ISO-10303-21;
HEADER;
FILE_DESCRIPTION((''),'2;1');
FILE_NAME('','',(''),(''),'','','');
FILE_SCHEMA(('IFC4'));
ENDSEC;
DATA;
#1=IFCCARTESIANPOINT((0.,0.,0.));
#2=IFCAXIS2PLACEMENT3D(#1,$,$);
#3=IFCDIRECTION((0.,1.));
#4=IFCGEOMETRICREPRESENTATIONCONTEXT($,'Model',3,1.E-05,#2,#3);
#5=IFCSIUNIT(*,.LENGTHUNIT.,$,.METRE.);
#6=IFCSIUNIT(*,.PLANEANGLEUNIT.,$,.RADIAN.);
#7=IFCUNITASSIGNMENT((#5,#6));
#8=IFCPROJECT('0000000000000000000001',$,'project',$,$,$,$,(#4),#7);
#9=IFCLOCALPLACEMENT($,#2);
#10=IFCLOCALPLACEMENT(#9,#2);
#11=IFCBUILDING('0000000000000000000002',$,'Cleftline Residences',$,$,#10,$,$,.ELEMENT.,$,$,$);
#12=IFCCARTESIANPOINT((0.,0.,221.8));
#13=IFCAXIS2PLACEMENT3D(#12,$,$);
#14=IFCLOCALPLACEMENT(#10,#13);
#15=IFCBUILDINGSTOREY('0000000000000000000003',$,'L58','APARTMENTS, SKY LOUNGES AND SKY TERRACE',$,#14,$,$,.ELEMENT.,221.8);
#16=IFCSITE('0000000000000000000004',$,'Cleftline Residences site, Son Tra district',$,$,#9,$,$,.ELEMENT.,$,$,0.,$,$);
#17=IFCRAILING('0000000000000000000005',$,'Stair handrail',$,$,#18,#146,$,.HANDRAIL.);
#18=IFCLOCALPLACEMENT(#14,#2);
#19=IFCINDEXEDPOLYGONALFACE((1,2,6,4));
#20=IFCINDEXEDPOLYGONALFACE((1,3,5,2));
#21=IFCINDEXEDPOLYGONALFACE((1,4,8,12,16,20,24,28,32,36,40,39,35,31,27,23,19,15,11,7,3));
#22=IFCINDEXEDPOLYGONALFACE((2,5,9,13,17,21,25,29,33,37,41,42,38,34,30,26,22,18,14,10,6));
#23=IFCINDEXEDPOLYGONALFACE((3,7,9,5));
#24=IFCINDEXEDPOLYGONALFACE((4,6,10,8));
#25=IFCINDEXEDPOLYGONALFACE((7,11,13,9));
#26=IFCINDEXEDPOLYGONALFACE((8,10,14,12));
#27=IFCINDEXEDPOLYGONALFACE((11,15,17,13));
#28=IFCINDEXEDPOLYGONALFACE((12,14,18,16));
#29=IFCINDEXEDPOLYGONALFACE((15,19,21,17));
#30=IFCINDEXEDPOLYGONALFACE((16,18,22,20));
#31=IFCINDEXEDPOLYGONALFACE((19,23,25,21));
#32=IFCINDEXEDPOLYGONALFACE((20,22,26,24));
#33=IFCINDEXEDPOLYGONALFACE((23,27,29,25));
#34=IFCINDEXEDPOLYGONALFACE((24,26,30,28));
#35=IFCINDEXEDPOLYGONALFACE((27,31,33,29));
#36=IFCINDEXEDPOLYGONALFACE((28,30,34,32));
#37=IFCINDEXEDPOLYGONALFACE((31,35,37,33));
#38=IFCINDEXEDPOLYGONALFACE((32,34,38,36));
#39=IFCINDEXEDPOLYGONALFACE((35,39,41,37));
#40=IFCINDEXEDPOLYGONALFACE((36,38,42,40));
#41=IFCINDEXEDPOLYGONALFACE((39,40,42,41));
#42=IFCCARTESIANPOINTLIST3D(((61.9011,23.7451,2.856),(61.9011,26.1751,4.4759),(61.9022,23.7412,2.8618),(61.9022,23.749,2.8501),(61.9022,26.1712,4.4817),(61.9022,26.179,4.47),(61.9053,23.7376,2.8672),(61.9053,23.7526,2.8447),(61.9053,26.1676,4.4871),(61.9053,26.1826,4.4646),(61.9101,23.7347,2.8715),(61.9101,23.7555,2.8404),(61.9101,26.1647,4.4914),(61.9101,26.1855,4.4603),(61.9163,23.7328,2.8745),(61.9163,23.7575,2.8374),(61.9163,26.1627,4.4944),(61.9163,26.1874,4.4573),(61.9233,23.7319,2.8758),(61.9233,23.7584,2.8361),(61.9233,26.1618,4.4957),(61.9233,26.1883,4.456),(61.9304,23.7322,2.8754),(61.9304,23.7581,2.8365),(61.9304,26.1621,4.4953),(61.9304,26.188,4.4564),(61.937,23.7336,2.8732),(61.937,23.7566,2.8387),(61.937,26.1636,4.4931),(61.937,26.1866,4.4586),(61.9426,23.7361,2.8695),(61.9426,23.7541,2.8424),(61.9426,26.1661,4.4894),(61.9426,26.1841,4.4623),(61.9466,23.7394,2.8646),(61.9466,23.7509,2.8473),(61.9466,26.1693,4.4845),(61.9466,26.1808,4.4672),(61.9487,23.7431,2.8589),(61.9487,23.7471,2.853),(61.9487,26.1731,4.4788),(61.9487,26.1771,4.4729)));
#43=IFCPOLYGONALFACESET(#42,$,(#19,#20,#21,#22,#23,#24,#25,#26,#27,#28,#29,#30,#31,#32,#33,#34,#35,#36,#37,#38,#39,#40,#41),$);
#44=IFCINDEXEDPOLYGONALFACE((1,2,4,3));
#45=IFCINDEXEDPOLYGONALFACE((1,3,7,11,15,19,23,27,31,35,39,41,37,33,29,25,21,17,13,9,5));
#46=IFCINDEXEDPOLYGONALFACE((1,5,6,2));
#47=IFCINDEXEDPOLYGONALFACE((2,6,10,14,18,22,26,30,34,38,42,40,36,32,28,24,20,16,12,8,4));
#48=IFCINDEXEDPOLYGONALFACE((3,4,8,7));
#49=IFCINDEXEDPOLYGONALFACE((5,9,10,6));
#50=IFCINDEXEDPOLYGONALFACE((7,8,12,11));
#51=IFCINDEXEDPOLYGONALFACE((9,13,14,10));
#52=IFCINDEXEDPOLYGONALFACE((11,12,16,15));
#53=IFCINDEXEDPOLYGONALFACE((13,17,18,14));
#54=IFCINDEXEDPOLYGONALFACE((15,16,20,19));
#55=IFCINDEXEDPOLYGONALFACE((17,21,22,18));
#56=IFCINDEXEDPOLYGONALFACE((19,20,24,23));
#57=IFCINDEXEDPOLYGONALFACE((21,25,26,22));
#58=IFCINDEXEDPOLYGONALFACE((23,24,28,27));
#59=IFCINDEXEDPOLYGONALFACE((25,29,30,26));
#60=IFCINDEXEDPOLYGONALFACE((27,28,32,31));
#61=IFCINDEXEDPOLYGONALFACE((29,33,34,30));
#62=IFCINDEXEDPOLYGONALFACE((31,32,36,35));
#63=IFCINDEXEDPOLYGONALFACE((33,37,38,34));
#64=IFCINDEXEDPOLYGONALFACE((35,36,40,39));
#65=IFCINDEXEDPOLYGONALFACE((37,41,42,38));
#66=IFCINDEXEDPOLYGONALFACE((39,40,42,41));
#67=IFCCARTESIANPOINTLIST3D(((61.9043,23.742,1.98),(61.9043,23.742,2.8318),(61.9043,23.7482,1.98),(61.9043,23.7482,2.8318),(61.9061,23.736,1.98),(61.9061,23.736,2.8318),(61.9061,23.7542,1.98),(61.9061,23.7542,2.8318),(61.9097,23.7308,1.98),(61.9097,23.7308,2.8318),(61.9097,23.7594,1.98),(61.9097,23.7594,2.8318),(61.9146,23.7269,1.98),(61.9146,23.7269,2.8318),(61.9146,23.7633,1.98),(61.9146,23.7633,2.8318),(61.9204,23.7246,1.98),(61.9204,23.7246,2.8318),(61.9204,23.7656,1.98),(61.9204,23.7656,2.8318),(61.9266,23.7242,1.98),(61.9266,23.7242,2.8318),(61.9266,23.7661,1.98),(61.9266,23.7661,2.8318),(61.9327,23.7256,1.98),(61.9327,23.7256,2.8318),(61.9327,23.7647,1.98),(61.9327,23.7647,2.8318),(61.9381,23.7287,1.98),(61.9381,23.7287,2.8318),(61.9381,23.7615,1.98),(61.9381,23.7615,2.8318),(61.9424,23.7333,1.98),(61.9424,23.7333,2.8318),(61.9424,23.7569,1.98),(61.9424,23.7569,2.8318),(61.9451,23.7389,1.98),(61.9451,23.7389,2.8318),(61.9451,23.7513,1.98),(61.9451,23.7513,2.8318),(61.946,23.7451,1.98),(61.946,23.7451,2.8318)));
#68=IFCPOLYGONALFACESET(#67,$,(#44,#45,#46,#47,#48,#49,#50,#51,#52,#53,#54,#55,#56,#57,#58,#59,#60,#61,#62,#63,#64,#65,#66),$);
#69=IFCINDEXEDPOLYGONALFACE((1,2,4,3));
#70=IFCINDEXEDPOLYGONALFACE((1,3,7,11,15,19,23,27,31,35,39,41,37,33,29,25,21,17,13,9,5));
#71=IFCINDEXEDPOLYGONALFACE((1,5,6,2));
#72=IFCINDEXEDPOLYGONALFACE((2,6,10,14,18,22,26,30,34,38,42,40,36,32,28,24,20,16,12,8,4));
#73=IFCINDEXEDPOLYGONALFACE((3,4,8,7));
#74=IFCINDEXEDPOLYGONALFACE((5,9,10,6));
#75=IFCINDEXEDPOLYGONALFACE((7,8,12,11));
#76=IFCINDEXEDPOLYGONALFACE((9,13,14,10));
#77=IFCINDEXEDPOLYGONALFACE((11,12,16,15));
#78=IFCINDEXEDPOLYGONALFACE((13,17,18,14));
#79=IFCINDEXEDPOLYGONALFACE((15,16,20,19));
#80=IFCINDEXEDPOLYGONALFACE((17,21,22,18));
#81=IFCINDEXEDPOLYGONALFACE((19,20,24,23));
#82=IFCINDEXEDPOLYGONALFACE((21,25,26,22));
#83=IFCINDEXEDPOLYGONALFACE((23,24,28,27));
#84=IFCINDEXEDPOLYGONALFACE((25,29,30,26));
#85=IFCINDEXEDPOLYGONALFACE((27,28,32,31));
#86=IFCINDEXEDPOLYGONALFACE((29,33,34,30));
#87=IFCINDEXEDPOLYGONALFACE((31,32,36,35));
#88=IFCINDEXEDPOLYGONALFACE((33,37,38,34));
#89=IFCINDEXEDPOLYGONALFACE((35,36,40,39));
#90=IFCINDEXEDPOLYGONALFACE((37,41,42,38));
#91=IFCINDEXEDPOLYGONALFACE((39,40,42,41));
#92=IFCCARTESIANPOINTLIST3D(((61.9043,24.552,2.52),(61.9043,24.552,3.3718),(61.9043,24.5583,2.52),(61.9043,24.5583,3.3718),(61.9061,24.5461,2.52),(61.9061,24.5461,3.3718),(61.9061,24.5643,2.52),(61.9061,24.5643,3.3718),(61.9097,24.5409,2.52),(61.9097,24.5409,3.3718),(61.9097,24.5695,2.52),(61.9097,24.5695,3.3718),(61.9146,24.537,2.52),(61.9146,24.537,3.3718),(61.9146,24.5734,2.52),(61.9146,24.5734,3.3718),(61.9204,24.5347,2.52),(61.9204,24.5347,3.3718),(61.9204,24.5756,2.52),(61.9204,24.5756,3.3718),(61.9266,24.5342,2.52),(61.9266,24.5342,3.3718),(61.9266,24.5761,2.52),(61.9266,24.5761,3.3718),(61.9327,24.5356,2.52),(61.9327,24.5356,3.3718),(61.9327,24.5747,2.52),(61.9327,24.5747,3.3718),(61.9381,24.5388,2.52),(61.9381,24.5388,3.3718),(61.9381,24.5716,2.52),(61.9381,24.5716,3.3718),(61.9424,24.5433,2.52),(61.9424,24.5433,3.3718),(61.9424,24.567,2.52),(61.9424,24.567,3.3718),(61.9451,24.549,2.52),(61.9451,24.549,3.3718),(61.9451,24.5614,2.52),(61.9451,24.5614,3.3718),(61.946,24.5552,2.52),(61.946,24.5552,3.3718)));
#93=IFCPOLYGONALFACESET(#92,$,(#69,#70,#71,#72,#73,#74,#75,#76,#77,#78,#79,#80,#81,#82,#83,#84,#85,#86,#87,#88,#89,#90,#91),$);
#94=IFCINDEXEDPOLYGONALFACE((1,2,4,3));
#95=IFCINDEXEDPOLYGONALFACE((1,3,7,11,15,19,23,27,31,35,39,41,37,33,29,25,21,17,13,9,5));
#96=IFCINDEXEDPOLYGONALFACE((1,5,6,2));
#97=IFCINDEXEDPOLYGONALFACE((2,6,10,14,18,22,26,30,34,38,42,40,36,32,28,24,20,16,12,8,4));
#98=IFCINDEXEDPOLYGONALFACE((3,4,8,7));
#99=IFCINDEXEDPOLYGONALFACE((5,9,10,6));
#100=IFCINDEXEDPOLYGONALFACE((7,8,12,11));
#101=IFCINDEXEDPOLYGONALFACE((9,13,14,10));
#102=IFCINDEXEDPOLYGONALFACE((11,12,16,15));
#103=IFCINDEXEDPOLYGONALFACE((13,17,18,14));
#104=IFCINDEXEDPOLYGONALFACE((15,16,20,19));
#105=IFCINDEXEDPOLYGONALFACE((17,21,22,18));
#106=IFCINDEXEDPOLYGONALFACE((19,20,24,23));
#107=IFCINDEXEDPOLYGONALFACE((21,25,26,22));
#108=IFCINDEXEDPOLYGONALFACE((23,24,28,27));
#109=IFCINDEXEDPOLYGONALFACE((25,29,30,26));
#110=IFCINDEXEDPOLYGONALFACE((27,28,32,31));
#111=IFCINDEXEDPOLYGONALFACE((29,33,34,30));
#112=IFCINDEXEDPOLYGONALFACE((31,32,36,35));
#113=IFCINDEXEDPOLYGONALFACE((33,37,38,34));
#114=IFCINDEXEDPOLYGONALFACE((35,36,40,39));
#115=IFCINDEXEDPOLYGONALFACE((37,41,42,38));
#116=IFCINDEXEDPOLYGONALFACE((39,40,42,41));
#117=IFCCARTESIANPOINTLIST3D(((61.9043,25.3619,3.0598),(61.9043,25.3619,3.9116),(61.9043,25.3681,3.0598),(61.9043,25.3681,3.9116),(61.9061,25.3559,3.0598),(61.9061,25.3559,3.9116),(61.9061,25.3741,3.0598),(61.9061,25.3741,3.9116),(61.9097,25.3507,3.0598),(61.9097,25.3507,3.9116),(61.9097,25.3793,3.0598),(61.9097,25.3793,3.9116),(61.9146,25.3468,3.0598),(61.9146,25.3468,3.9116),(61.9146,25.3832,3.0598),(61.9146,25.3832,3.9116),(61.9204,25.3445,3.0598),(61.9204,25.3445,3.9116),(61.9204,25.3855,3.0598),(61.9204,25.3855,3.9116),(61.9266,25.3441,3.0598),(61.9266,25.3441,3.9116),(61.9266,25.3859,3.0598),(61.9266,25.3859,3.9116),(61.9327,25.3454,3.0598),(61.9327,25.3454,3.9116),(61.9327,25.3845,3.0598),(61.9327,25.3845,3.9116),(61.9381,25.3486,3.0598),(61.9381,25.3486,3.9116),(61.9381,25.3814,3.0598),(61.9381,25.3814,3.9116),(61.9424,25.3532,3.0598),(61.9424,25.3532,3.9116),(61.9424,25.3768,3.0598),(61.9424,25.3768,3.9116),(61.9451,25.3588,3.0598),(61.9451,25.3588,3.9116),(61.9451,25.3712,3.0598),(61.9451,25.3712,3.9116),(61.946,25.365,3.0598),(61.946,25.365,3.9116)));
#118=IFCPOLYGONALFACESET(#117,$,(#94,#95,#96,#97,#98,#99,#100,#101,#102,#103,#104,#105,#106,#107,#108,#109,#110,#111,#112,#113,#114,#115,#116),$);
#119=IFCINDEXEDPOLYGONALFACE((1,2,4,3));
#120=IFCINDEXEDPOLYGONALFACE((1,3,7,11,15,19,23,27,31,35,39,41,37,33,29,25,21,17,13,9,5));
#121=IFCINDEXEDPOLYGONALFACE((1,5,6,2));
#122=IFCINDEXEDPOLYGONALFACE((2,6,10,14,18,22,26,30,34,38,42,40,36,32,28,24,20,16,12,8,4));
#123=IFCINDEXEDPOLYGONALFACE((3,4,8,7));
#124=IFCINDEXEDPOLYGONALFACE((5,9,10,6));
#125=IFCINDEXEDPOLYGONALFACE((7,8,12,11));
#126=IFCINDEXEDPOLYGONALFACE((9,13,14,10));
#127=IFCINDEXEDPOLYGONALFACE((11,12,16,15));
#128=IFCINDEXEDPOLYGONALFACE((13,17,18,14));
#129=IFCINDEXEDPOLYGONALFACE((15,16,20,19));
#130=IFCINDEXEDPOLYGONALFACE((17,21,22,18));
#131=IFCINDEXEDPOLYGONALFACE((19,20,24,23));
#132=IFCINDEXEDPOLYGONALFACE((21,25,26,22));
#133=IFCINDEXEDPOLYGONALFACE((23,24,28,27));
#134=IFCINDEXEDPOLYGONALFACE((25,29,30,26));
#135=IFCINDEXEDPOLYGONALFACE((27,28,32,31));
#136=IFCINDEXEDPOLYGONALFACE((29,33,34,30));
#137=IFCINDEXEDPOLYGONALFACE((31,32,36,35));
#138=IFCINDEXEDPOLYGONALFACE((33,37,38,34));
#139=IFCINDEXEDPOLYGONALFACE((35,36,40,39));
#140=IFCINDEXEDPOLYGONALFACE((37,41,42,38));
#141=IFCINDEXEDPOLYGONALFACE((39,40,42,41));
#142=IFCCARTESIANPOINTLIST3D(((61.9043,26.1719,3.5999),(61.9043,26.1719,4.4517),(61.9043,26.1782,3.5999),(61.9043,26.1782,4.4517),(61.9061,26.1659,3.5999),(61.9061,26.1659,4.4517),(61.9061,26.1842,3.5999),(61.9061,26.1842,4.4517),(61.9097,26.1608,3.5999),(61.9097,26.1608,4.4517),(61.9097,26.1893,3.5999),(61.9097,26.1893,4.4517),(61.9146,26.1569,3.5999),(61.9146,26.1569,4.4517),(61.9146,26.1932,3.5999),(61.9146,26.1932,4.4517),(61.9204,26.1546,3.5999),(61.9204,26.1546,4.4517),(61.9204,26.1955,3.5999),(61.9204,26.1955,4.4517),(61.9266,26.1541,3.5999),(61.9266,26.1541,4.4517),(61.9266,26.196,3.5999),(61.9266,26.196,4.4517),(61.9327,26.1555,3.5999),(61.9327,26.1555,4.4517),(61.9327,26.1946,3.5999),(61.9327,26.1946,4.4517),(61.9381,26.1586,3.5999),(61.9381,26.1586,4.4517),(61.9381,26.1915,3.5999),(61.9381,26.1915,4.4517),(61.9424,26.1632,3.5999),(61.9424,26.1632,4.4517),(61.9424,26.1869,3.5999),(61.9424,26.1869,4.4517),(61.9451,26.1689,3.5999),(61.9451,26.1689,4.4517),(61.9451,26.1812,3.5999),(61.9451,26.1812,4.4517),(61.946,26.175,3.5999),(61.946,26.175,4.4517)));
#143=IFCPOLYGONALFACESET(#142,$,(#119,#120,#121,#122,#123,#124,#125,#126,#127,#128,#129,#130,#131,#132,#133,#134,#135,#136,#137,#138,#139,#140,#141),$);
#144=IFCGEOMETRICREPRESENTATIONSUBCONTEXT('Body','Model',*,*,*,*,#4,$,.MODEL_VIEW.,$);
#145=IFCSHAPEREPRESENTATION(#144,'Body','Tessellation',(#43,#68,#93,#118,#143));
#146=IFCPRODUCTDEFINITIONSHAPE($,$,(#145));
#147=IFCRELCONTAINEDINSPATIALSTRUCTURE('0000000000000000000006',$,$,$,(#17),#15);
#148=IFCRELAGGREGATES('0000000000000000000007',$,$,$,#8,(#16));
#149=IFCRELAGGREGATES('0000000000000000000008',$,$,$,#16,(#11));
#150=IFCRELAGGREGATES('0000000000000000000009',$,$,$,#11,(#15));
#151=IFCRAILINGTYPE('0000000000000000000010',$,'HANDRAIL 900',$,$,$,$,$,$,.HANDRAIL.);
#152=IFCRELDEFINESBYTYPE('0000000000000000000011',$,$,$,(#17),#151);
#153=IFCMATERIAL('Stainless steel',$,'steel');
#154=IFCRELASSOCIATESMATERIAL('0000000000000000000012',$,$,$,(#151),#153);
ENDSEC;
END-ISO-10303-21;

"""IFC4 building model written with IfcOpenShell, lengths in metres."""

from ifc_helpers import new_model, si_unit, direction, frame, origin, origin_2d, place, context, subcontext, project, spatial, circle, extrude, material, type_object, element, save


model = new_model("IFC4")

# Units and contexts
model_context = context("Model", 3, precision=1e-05, world=origin(), true_north=direction((0.0, 1.0)))
body_context = subcontext(model_context, "Body", "Model", "MODEL_VIEW")
ifc_project = project(units=[si_unit("LENGTHUNIT", "METRE"), si_unit("PLANEANGLEUNIT", "RADIAN")], contexts=[model_context])

# Site, building, storey
site_placement = place(None, origin())
site = spatial("IfcSite", under=ifc_project, at=site_placement, Name="Cleftline Residences site, Son Tra district", CompositionType="ELEMENT", RefElevation=0.0)
building_placement = place(site_placement, origin())
building = spatial("IfcBuilding", under=site, at=building_placement, Name="Cleftline Residences", CompositionType="ELEMENT")
storey_placement = place(building_placement, frame((0.0, 0.0, 221.8)))
storey = spatial("IfcBuildingStorey", under=building, at=storey_placement, Name="L58", Description="APARTMENTS, SKY LOUNGES AND SKY TERRACE", CompositionType="ELEMENT", Elevation=221.8)

# Railing
ifc_material_1 = material(Name="Stainless steel", Category="steel")
railing_type = type_object("IfcRailingType", Name="HANDRAIL 900", PredefinedType="HANDRAIL", material=ifc_material_1)
railing_placement = place(storey_placement, frame((61.925, 23.7451, 1.98)))
element("IfcRailing", 1, at=railing_placement, inside=storey, type_object=railing_type, Name="Stair handrail", PredefinedType="HANDRAIL", context=body_context, shape_type="SweptSolid", body=[
    extrude(circle(Radius=0.0239, at=origin_2d()), frame((0.0, 0.0, 0.876), z_axis=(0.0, 0.832063, 0.554681), x_axis=(-1.0, 0.0, 0.0)), (0.0, 0.0, 1.0), 2.9204),
    extrude(circle(Radius=0.021, at=origin_2d()), origin(), (0.0, 0.0, 1.0), 0.8518),
    extrude(circle(Radius=0.021, at=origin_2d()), frame((0.0, 0.8101, 0.54)), (0.0, 0.0, 1.0), 0.8518),
    extrude(circle(Radius=0.021, at=origin_2d()), frame((0.0, 1.6199, 1.0798)), (0.0, 0.0, 1.0), 0.8518),
    extrude(circle(Radius=0.021, at=origin_2d()), frame((0.0, 2.4299, 1.6199)), (0.0, 0.0, 1.0), 0.8518),
])

save(model, "model.ifc")
